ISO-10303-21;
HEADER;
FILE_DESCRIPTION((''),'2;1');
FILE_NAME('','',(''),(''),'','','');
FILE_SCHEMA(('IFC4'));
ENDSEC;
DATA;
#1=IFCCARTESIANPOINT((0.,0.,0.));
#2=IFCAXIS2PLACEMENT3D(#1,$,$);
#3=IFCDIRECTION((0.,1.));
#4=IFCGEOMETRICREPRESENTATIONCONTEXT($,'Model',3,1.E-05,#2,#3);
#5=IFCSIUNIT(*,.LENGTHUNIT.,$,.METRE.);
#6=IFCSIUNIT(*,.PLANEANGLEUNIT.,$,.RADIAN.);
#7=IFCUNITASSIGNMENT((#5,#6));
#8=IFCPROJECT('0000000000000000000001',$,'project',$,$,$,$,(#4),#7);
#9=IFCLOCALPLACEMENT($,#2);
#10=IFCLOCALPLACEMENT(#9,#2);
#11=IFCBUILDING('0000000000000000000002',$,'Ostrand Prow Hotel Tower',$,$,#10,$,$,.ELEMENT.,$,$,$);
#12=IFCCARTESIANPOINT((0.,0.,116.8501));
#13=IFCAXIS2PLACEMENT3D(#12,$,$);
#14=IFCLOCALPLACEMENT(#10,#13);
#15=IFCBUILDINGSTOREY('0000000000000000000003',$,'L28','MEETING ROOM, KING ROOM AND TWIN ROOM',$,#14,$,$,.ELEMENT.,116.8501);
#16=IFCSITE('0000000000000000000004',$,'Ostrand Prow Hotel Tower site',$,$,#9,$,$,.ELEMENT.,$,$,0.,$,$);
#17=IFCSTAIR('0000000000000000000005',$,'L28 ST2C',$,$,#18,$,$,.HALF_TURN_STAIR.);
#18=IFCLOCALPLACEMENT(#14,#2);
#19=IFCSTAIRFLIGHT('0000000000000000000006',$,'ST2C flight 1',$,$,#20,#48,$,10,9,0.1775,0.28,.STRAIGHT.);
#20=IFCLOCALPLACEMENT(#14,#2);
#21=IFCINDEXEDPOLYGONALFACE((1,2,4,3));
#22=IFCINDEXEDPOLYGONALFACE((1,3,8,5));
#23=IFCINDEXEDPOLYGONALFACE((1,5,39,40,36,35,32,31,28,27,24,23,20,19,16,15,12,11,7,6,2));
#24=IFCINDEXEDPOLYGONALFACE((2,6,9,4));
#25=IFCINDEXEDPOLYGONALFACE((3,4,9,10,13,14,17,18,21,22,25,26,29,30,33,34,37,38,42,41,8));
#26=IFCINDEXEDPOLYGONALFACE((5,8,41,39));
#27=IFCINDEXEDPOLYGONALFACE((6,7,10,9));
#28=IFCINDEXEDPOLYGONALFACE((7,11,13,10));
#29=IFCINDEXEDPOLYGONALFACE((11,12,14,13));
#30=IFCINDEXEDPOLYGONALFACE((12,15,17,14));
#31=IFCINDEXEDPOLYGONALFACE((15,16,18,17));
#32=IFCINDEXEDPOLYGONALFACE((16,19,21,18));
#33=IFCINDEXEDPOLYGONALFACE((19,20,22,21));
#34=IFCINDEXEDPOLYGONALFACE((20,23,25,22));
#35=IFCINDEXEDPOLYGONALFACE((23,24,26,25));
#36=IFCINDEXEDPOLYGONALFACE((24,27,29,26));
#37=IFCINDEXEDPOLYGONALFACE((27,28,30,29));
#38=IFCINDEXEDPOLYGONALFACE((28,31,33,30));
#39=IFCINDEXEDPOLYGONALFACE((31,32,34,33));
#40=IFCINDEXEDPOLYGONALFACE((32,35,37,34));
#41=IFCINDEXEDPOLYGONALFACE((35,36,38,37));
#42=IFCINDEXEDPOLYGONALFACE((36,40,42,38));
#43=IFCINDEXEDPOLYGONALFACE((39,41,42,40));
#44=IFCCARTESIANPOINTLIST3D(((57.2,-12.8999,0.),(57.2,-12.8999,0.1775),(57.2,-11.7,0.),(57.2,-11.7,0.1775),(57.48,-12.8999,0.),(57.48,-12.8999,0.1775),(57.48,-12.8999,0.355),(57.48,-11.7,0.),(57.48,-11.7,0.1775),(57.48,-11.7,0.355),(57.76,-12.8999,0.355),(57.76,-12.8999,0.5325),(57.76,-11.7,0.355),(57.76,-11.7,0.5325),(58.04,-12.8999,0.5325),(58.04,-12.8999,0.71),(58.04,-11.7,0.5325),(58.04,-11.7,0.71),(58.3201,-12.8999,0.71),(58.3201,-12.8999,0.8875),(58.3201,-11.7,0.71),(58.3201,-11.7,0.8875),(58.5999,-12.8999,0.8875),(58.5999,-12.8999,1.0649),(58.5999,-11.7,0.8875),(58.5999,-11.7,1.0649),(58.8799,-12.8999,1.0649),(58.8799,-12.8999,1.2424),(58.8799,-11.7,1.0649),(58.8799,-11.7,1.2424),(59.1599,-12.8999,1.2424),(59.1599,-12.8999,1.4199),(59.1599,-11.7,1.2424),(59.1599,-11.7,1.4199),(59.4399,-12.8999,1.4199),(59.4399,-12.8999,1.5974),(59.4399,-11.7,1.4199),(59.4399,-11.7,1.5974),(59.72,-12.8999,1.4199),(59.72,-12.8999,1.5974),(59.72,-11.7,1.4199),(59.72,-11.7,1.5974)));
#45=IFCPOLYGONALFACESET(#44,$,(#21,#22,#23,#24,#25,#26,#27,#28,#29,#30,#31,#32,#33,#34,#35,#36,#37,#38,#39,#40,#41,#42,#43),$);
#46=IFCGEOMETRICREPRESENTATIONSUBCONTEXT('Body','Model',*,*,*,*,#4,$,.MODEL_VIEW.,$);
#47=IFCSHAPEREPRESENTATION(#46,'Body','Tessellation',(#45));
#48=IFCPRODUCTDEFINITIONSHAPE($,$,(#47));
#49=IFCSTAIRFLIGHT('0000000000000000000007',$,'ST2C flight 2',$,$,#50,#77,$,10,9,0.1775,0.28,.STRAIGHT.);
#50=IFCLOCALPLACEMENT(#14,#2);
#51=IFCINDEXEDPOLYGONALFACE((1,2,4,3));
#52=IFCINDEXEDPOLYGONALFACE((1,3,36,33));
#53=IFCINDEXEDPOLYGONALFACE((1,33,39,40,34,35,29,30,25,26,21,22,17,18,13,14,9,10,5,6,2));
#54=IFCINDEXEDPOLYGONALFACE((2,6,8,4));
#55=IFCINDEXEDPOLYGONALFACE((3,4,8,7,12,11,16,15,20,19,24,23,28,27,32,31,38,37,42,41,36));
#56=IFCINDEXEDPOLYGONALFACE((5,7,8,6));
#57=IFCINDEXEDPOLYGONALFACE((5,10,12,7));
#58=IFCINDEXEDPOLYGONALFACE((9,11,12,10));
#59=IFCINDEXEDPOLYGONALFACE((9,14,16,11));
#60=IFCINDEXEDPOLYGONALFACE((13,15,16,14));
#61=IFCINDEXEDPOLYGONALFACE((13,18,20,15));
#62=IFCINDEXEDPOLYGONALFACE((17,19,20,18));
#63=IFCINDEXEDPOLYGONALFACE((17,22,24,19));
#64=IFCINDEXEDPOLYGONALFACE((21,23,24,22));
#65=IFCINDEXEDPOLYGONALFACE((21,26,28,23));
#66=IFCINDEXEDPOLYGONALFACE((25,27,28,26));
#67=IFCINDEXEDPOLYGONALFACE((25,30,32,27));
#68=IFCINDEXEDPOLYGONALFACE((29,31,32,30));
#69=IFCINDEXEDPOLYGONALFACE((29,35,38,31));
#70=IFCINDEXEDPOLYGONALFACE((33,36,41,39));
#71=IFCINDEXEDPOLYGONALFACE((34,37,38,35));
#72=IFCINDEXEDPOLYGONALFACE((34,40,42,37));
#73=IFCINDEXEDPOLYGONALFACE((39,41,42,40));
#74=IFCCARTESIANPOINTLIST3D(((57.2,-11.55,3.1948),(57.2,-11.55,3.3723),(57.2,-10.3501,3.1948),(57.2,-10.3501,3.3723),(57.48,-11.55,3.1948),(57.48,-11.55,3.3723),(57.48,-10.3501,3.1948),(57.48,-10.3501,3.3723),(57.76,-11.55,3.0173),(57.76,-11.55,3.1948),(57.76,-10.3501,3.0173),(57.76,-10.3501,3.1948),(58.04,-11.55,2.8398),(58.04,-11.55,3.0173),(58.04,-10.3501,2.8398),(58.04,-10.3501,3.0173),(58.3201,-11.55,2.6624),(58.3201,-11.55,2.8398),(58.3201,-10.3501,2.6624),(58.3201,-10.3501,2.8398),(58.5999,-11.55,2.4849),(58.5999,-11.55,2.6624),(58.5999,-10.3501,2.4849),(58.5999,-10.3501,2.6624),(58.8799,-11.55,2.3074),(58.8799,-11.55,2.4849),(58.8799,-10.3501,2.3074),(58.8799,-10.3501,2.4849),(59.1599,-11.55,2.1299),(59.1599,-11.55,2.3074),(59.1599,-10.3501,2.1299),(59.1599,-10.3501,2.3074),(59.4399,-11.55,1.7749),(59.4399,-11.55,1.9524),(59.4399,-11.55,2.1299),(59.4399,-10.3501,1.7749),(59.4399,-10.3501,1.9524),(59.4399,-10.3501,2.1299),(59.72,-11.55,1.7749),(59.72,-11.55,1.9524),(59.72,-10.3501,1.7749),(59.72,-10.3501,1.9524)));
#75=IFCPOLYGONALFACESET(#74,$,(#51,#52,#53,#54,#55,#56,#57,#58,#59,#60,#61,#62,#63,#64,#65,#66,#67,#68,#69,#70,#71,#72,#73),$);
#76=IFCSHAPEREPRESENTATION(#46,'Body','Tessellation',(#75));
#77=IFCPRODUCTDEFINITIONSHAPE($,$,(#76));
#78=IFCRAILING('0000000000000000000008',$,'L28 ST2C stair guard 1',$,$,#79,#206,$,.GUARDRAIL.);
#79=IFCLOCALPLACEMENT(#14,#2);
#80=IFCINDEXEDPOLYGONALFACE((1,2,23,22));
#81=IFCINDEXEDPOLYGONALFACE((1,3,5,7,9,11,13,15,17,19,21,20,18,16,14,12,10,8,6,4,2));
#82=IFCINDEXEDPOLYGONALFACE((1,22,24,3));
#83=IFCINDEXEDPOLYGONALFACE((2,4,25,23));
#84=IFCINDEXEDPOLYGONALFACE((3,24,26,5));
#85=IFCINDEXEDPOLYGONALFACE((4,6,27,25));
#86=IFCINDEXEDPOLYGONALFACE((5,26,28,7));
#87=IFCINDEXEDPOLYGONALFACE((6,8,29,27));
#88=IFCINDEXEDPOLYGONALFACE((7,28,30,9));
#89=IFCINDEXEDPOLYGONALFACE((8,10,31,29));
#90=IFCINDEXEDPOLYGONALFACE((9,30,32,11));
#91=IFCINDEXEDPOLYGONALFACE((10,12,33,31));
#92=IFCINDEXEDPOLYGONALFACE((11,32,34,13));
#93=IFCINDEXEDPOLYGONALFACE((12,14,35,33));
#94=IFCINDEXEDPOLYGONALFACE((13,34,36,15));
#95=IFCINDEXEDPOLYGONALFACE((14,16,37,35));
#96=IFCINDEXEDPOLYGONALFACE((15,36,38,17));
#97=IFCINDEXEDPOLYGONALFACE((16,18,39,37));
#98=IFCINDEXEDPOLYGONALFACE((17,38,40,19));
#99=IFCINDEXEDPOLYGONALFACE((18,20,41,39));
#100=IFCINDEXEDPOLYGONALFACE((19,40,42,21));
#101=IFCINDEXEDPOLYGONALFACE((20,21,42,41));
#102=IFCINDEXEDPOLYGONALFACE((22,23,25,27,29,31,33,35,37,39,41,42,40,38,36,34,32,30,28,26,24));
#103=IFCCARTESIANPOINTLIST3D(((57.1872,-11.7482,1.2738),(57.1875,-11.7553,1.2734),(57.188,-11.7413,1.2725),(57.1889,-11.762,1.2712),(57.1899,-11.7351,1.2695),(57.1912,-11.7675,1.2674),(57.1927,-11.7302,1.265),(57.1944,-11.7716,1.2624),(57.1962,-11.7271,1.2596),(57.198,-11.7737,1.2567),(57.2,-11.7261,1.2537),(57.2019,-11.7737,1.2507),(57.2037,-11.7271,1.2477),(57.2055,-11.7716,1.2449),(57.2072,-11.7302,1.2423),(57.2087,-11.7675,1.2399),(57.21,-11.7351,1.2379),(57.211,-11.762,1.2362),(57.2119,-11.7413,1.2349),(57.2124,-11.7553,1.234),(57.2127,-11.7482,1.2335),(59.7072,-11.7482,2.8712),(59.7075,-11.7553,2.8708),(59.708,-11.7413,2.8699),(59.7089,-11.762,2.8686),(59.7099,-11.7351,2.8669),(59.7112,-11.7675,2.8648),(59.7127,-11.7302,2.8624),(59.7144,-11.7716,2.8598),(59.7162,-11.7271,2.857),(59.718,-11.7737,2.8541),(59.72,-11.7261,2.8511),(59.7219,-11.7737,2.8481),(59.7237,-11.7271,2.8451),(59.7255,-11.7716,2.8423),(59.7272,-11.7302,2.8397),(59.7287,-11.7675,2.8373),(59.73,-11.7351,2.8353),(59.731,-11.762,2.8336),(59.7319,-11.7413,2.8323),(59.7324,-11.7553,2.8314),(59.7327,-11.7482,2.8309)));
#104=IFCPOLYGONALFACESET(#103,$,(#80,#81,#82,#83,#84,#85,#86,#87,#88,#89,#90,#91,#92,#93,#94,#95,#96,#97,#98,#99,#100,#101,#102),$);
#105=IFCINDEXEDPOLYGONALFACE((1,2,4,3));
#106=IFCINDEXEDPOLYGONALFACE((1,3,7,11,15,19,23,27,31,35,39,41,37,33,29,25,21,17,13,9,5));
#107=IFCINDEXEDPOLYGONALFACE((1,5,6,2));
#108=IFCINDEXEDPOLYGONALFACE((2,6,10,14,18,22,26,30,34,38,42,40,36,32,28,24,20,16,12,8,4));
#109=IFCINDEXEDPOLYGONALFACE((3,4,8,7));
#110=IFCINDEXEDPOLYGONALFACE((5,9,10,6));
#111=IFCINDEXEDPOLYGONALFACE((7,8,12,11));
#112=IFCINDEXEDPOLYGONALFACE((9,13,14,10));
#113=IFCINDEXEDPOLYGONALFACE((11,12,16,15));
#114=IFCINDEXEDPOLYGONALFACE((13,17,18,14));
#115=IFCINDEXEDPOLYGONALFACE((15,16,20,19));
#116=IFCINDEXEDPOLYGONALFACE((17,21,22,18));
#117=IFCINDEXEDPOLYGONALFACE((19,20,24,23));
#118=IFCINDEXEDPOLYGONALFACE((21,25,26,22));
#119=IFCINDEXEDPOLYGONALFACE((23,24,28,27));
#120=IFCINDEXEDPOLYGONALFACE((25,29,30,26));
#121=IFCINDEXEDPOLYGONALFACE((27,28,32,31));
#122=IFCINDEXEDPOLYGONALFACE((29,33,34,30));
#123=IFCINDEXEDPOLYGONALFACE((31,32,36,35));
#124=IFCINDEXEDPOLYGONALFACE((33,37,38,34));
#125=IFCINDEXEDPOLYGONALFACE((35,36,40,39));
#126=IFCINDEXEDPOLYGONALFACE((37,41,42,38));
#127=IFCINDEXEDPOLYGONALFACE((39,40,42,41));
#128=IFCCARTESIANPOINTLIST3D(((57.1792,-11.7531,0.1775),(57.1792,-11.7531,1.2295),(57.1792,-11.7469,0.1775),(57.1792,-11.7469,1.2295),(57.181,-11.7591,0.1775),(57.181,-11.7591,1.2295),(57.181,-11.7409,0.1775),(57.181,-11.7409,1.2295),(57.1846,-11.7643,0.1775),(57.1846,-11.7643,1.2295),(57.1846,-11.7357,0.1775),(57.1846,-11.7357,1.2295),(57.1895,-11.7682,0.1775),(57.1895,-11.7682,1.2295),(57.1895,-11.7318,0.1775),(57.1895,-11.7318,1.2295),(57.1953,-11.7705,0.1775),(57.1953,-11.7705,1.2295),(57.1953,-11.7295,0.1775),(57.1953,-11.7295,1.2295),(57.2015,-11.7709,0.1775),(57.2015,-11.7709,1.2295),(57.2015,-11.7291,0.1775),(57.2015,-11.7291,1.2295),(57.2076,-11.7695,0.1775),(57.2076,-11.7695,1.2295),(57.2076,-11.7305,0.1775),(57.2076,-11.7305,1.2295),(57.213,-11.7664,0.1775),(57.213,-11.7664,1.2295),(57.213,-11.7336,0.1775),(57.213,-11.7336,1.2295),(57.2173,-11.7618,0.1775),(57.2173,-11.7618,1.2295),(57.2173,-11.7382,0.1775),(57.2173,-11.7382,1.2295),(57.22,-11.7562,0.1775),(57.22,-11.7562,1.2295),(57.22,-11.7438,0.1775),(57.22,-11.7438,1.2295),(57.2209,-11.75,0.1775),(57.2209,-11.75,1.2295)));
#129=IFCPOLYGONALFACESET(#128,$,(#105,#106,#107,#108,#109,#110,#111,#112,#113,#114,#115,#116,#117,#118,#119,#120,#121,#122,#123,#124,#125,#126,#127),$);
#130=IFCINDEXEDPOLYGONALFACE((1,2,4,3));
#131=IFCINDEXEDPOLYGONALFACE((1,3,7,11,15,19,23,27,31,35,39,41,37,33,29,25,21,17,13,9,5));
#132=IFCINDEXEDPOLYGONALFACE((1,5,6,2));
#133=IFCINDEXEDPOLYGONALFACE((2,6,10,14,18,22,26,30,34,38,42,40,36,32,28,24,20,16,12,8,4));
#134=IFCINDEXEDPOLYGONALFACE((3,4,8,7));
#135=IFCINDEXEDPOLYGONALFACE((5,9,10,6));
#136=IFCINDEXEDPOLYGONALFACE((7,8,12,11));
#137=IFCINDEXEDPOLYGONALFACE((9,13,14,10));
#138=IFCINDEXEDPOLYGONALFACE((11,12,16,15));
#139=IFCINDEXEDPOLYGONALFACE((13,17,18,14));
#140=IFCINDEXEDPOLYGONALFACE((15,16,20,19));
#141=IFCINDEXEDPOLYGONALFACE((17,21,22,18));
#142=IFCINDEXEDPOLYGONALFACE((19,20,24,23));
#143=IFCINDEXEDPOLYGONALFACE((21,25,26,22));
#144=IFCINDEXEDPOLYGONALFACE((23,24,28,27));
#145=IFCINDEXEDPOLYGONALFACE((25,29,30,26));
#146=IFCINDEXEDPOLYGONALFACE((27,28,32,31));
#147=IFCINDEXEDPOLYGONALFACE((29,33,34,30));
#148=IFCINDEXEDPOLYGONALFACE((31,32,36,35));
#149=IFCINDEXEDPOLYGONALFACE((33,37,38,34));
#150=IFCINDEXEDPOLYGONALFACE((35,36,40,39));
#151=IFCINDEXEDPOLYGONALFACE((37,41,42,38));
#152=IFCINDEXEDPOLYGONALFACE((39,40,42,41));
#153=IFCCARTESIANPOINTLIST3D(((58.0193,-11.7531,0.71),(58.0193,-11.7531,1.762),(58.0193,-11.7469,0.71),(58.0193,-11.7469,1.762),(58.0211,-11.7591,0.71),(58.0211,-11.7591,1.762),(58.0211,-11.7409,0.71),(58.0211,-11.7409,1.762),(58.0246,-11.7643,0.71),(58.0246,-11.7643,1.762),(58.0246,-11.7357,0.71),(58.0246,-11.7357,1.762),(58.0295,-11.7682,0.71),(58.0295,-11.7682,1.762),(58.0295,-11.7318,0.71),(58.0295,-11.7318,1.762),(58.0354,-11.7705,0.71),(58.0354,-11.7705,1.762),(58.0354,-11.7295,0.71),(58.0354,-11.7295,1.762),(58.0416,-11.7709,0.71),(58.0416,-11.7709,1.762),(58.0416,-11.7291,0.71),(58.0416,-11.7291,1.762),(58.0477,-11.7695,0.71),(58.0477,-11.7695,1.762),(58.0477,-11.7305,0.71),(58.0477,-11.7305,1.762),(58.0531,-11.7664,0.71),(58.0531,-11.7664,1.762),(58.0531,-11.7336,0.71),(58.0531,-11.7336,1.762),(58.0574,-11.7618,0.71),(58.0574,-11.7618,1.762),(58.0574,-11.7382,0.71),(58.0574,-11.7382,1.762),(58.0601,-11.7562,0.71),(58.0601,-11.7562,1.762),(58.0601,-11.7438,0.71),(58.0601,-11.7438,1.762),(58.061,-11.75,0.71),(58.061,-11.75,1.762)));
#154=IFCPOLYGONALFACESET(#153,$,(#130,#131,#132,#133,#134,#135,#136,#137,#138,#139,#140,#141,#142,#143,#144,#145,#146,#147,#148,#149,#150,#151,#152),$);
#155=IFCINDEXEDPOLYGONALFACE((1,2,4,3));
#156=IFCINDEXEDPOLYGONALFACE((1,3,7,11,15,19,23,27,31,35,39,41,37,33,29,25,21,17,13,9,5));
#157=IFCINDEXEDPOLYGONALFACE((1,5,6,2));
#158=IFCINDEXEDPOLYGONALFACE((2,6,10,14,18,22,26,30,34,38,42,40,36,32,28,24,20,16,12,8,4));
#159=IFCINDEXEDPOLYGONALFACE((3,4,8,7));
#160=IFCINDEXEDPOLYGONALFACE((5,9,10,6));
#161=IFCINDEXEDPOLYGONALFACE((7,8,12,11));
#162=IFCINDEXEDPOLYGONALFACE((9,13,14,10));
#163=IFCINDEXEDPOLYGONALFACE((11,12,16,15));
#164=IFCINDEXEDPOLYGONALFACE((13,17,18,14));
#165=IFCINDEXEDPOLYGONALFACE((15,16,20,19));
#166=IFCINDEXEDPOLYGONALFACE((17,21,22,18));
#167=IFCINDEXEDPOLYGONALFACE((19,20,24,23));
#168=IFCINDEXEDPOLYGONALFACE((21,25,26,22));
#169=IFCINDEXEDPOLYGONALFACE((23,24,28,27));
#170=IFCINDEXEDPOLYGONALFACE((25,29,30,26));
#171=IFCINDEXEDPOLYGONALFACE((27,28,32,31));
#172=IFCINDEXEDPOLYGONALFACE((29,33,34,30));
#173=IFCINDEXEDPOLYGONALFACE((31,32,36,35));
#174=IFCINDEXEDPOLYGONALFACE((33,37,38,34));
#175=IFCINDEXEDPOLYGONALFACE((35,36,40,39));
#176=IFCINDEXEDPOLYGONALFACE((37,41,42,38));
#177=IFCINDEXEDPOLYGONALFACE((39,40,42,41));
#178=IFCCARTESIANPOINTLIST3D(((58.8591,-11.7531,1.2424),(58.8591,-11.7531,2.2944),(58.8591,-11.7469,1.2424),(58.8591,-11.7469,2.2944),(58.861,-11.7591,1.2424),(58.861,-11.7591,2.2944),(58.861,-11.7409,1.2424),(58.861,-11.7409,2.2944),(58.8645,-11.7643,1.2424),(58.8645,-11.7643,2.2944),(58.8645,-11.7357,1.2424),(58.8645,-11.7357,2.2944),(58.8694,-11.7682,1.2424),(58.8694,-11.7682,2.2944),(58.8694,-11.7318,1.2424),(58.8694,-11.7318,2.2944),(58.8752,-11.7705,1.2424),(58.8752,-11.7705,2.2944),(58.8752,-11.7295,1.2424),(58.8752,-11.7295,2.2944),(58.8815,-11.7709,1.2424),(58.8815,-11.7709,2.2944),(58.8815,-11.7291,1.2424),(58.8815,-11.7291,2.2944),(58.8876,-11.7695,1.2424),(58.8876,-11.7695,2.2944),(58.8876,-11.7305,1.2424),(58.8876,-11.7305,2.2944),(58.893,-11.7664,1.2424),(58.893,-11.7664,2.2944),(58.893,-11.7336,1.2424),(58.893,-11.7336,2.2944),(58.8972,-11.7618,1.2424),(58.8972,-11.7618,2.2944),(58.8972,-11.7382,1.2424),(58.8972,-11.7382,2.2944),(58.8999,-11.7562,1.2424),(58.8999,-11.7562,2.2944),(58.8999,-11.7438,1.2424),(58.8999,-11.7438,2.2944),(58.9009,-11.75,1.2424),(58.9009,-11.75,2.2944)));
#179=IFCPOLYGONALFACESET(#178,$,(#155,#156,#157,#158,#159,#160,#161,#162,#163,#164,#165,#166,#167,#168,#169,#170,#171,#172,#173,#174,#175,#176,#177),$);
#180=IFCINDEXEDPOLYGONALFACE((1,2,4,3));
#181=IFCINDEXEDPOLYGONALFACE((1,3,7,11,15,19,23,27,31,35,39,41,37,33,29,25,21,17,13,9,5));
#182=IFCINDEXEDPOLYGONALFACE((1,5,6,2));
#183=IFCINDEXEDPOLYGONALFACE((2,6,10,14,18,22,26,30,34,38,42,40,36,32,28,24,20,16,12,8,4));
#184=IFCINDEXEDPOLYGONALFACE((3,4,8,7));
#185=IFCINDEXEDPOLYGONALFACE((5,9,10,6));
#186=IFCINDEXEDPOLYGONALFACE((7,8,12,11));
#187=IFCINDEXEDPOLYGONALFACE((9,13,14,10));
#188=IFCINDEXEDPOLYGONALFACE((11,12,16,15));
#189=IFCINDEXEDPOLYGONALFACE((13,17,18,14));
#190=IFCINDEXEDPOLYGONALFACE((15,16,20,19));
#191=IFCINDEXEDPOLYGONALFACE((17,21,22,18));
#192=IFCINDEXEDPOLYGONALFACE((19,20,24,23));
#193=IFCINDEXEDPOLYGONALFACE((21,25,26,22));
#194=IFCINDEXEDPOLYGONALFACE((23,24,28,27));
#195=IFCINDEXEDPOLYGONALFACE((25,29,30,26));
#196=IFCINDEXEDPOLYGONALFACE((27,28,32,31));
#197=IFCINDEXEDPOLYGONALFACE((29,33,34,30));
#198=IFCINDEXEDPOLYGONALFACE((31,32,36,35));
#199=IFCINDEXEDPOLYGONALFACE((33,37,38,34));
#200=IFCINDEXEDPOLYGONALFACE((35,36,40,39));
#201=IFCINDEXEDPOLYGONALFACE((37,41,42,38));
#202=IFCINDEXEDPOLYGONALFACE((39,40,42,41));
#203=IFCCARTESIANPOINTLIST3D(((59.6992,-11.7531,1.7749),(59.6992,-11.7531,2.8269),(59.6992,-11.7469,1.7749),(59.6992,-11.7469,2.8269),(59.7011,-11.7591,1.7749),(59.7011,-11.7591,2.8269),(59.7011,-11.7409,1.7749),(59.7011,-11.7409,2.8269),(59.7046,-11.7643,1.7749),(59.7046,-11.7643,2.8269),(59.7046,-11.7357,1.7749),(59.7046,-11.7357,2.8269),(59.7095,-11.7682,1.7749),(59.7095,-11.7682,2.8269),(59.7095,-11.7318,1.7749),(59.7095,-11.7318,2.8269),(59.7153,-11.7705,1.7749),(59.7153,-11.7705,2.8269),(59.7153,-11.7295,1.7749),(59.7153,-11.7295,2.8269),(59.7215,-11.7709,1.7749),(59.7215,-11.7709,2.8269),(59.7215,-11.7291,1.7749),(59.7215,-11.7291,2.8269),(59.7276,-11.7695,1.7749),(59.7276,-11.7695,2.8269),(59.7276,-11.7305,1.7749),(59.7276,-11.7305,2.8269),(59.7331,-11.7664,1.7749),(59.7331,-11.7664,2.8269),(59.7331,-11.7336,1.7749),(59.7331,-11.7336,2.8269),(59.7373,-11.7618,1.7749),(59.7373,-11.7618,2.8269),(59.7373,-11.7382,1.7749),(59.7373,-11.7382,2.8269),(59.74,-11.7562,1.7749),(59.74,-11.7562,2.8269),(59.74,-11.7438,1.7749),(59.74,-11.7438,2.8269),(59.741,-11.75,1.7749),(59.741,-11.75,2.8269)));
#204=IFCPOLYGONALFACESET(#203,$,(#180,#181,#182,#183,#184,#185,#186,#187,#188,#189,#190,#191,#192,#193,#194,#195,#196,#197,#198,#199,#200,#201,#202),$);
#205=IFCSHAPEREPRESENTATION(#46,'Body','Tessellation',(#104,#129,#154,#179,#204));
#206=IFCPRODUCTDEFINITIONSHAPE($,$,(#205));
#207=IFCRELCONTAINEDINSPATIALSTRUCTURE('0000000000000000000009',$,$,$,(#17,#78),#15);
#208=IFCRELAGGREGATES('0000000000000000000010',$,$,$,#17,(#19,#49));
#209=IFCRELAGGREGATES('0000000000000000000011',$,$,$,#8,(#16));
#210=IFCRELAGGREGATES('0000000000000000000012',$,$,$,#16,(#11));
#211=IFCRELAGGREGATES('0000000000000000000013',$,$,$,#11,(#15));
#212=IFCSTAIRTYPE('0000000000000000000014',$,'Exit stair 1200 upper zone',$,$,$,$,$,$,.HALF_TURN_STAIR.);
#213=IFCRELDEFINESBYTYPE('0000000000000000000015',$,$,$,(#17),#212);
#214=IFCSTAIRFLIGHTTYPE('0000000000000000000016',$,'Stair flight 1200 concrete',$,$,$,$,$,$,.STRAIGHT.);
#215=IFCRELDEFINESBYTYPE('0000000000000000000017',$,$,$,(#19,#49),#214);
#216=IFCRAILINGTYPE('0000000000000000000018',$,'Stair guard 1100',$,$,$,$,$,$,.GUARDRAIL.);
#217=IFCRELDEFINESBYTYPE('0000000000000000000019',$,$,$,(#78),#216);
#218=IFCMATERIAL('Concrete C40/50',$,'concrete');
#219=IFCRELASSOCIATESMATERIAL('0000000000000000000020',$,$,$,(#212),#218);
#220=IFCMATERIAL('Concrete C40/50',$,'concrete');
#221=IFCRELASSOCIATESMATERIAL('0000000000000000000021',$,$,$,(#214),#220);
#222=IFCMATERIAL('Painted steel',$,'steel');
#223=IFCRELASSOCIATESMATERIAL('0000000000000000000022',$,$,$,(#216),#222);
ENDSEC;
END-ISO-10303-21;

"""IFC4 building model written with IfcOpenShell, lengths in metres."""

from ifc_helpers import new_model, si_unit, direction, frame, origin, origin_2d, place, context, subcontext, project, spatial, polyline, circle, outline, extrude, material, type_object, element, aggregate, save


model = new_model("IFC4")

# Units and contexts
model_context = context("Model", 3, precision=1e-05, world=origin(), true_north=direction((0.0, 1.0)))
body_context = subcontext(model_context, "Body", "Model", "MODEL_VIEW")
ifc_project = project(units=[si_unit("LENGTHUNIT", "METRE"), si_unit("PLANEANGLEUNIT", "RADIAN")], contexts=[model_context])

# Site, building, storey
site_placement = place(None, origin())
site = spatial("IfcSite", under=ifc_project, at=site_placement, Name="Ostrand Prow Hotel Tower site", CompositionType="ELEMENT", RefElevation=0.0)
building_placement = place(site_placement, origin())
building = spatial("IfcBuilding", under=site, at=building_placement, Name="Ostrand Prow Hotel Tower", CompositionType="ELEMENT")
storey_placement = place(building_placement, frame((0.0, 0.0, 116.8501)))
storey = spatial("IfcBuildingStorey", under=building, at=storey_placement, Name="L28", Description="MEETING ROOM, KING ROOM AND TWIN ROOM", CompositionType="ELEMENT", Elevation=116.8501)

# Stair, stair flights
ifc_material_1 = material(Name="Concrete C40/50", Category="concrete")
stair_type = type_object("IfcStairType", Name="Exit stair 1200 upper zone", PredefinedType="HALF_TURN_STAIR", material=ifc_material_1)
stair_placement = place(storey_placement, origin())
stair = element("IfcStair", 1, at=stair_placement, inside=storey, type_object=stair_type, Name="L28 ST2C", PredefinedType="HALF_TURN_STAIR")
ifc_material_2 = material(Name="Concrete C40/50", Category="concrete")
stair_flight_type = type_object("IfcStairFlightType", Name="Stair flight 1200 concrete", PredefinedType="STRAIGHT", material=ifc_material_2)
stair_flight_1_placement = place(storey_placement, frame((57.2, -12.3, 0.0), z_axis=(0.0, 0.0, 1.0), x_axis=(1.0, 0.0, 0.0)))
stair_flight_1 = element("IfcStairFlight", 2, at=stair_flight_1_placement, type_object=stair_flight_type, Name="ST2C flight 1", NumberOfRisers=10, NumberOfTreads=9, PredefinedType="STRAIGHT", RiserHeight=0.1775, TreadLength=0.28, context=body_context, shape_type="SweptSolid", body=[
    extrude(outline(polyline([(0.0, 0.0), (0.0, 0.1775), (0.28, 0.1775), (0.28, 0.355), (0.5601, 0.355), (0.5601, 0.5325), (0.8401, 0.5325), (0.8401, 0.71), (1.1201, 0.71), (1.1201, 0.8875), (1.3999, 0.8875), (1.3999, 1.0649), (1.6799, 1.0649), (1.6799, 1.2424), (1.96, 1.2424), (1.96, 1.4199), (2.24, 1.4199), (2.24, 1.5974), (2.52, 1.5974), (2.52, 1.7749), (2.52, 1.4199), (0.28, 0.0), (0.0, 0.0)])), frame((0.0, 0.6001, 0.0), z_axis=(0.0, -1.0, 0.0), x_axis=(1.0, 0.0, 0.0)), (0.0, 0.0, 1.0), 1.2),
])
stair_flight_2_placement = place(storey_placement, frame((59.72, -10.95, 1.7749), z_axis=(0.0, 0.0, 1.0), x_axis=(-1.0, 0.0, 0.0)))
stair_flight_2 = element("IfcStairFlight", 3, at=stair_flight_2_placement, type_object=stair_flight_type, Name="ST2C flight 2", NumberOfRisers=10, NumberOfTreads=9, PredefinedType="STRAIGHT", RiserHeight=0.1775, TreadLength=0.28, context=body_context, shape_type="SweptSolid", body=[
    extrude(outline(polyline([(0.0, 0.0), (0.0, 0.1775), (0.28, 0.1775), (0.28, 0.355), (0.5601, 0.355), (0.5601, 0.5325), (0.8401, 0.5325), (0.8401, 0.71), (1.1201, 0.71), (1.1201, 0.8875), (1.3999, 0.8875), (1.3999, 1.0649), (1.6799, 1.0649), (1.6799, 1.2424), (1.96, 1.2424), (1.96, 1.4199), (2.24, 1.4199), (2.24, 1.5974), (2.52, 1.5974), (2.52, 1.7749), (2.52, 1.4199), (0.28, 0.0), (0.0, 0.0)])), frame((0.0, 0.6001, 0.0), z_axis=(0.0, -1.0, 0.0), x_axis=(1.0, 0.0, 0.0)), (0.0, 0.0, 1.0), 1.2),
])
aggregate(stair, [stair_flight_1, stair_flight_2])

# Railing
ifc_material_3 = material(Name="Painted steel", Category="steel")
railing_type_1 = type_object("IfcRailingType", Name="Stair guard 1100", PredefinedType="GUARDRAIL", material=ifc_material_3)
railing_1_placement = place(storey_placement, frame((57.2, -11.75, 0.1775)))
element("IfcRailing", 4, at=railing_1_placement, inside=storey, type_object=railing_type_1, Name="L28 ST2C stair guard 1", PredefinedType="GUARDRAIL", context=body_context, shape_type="SweptSolid", body=[
    extrude(circle(Radius=0.0239, at=origin_2d()), frame((0.0, 0.0, 1.0762), z_axis=(0.844607, 0.0, 0.535387), x_axis=(0.0, 1.0, 0.0)), (0.0, 0.0, 1.0), 2.9836),
    extrude(circle(Radius=0.021, at=origin_2d()), origin(), (0.0, 0.0, 1.0), 1.052),
    extrude(circle(Radius=0.021, at=origin_2d()), frame((0.8401, 0.0, 0.5325)), (0.0, 0.0, 1.0), 1.052),
    extrude(circle(Radius=0.021, at=origin_2d()), frame((1.6799, 0.0, 1.0649)), (0.0, 0.0, 1.0), 1.052),
    extrude(circle(Radius=0.021, at=origin_2d()), frame((2.52, 0.0, 1.5974)), (0.0, 0.0, 1.0), 1.052),
])

save(model, "model.ifc")
